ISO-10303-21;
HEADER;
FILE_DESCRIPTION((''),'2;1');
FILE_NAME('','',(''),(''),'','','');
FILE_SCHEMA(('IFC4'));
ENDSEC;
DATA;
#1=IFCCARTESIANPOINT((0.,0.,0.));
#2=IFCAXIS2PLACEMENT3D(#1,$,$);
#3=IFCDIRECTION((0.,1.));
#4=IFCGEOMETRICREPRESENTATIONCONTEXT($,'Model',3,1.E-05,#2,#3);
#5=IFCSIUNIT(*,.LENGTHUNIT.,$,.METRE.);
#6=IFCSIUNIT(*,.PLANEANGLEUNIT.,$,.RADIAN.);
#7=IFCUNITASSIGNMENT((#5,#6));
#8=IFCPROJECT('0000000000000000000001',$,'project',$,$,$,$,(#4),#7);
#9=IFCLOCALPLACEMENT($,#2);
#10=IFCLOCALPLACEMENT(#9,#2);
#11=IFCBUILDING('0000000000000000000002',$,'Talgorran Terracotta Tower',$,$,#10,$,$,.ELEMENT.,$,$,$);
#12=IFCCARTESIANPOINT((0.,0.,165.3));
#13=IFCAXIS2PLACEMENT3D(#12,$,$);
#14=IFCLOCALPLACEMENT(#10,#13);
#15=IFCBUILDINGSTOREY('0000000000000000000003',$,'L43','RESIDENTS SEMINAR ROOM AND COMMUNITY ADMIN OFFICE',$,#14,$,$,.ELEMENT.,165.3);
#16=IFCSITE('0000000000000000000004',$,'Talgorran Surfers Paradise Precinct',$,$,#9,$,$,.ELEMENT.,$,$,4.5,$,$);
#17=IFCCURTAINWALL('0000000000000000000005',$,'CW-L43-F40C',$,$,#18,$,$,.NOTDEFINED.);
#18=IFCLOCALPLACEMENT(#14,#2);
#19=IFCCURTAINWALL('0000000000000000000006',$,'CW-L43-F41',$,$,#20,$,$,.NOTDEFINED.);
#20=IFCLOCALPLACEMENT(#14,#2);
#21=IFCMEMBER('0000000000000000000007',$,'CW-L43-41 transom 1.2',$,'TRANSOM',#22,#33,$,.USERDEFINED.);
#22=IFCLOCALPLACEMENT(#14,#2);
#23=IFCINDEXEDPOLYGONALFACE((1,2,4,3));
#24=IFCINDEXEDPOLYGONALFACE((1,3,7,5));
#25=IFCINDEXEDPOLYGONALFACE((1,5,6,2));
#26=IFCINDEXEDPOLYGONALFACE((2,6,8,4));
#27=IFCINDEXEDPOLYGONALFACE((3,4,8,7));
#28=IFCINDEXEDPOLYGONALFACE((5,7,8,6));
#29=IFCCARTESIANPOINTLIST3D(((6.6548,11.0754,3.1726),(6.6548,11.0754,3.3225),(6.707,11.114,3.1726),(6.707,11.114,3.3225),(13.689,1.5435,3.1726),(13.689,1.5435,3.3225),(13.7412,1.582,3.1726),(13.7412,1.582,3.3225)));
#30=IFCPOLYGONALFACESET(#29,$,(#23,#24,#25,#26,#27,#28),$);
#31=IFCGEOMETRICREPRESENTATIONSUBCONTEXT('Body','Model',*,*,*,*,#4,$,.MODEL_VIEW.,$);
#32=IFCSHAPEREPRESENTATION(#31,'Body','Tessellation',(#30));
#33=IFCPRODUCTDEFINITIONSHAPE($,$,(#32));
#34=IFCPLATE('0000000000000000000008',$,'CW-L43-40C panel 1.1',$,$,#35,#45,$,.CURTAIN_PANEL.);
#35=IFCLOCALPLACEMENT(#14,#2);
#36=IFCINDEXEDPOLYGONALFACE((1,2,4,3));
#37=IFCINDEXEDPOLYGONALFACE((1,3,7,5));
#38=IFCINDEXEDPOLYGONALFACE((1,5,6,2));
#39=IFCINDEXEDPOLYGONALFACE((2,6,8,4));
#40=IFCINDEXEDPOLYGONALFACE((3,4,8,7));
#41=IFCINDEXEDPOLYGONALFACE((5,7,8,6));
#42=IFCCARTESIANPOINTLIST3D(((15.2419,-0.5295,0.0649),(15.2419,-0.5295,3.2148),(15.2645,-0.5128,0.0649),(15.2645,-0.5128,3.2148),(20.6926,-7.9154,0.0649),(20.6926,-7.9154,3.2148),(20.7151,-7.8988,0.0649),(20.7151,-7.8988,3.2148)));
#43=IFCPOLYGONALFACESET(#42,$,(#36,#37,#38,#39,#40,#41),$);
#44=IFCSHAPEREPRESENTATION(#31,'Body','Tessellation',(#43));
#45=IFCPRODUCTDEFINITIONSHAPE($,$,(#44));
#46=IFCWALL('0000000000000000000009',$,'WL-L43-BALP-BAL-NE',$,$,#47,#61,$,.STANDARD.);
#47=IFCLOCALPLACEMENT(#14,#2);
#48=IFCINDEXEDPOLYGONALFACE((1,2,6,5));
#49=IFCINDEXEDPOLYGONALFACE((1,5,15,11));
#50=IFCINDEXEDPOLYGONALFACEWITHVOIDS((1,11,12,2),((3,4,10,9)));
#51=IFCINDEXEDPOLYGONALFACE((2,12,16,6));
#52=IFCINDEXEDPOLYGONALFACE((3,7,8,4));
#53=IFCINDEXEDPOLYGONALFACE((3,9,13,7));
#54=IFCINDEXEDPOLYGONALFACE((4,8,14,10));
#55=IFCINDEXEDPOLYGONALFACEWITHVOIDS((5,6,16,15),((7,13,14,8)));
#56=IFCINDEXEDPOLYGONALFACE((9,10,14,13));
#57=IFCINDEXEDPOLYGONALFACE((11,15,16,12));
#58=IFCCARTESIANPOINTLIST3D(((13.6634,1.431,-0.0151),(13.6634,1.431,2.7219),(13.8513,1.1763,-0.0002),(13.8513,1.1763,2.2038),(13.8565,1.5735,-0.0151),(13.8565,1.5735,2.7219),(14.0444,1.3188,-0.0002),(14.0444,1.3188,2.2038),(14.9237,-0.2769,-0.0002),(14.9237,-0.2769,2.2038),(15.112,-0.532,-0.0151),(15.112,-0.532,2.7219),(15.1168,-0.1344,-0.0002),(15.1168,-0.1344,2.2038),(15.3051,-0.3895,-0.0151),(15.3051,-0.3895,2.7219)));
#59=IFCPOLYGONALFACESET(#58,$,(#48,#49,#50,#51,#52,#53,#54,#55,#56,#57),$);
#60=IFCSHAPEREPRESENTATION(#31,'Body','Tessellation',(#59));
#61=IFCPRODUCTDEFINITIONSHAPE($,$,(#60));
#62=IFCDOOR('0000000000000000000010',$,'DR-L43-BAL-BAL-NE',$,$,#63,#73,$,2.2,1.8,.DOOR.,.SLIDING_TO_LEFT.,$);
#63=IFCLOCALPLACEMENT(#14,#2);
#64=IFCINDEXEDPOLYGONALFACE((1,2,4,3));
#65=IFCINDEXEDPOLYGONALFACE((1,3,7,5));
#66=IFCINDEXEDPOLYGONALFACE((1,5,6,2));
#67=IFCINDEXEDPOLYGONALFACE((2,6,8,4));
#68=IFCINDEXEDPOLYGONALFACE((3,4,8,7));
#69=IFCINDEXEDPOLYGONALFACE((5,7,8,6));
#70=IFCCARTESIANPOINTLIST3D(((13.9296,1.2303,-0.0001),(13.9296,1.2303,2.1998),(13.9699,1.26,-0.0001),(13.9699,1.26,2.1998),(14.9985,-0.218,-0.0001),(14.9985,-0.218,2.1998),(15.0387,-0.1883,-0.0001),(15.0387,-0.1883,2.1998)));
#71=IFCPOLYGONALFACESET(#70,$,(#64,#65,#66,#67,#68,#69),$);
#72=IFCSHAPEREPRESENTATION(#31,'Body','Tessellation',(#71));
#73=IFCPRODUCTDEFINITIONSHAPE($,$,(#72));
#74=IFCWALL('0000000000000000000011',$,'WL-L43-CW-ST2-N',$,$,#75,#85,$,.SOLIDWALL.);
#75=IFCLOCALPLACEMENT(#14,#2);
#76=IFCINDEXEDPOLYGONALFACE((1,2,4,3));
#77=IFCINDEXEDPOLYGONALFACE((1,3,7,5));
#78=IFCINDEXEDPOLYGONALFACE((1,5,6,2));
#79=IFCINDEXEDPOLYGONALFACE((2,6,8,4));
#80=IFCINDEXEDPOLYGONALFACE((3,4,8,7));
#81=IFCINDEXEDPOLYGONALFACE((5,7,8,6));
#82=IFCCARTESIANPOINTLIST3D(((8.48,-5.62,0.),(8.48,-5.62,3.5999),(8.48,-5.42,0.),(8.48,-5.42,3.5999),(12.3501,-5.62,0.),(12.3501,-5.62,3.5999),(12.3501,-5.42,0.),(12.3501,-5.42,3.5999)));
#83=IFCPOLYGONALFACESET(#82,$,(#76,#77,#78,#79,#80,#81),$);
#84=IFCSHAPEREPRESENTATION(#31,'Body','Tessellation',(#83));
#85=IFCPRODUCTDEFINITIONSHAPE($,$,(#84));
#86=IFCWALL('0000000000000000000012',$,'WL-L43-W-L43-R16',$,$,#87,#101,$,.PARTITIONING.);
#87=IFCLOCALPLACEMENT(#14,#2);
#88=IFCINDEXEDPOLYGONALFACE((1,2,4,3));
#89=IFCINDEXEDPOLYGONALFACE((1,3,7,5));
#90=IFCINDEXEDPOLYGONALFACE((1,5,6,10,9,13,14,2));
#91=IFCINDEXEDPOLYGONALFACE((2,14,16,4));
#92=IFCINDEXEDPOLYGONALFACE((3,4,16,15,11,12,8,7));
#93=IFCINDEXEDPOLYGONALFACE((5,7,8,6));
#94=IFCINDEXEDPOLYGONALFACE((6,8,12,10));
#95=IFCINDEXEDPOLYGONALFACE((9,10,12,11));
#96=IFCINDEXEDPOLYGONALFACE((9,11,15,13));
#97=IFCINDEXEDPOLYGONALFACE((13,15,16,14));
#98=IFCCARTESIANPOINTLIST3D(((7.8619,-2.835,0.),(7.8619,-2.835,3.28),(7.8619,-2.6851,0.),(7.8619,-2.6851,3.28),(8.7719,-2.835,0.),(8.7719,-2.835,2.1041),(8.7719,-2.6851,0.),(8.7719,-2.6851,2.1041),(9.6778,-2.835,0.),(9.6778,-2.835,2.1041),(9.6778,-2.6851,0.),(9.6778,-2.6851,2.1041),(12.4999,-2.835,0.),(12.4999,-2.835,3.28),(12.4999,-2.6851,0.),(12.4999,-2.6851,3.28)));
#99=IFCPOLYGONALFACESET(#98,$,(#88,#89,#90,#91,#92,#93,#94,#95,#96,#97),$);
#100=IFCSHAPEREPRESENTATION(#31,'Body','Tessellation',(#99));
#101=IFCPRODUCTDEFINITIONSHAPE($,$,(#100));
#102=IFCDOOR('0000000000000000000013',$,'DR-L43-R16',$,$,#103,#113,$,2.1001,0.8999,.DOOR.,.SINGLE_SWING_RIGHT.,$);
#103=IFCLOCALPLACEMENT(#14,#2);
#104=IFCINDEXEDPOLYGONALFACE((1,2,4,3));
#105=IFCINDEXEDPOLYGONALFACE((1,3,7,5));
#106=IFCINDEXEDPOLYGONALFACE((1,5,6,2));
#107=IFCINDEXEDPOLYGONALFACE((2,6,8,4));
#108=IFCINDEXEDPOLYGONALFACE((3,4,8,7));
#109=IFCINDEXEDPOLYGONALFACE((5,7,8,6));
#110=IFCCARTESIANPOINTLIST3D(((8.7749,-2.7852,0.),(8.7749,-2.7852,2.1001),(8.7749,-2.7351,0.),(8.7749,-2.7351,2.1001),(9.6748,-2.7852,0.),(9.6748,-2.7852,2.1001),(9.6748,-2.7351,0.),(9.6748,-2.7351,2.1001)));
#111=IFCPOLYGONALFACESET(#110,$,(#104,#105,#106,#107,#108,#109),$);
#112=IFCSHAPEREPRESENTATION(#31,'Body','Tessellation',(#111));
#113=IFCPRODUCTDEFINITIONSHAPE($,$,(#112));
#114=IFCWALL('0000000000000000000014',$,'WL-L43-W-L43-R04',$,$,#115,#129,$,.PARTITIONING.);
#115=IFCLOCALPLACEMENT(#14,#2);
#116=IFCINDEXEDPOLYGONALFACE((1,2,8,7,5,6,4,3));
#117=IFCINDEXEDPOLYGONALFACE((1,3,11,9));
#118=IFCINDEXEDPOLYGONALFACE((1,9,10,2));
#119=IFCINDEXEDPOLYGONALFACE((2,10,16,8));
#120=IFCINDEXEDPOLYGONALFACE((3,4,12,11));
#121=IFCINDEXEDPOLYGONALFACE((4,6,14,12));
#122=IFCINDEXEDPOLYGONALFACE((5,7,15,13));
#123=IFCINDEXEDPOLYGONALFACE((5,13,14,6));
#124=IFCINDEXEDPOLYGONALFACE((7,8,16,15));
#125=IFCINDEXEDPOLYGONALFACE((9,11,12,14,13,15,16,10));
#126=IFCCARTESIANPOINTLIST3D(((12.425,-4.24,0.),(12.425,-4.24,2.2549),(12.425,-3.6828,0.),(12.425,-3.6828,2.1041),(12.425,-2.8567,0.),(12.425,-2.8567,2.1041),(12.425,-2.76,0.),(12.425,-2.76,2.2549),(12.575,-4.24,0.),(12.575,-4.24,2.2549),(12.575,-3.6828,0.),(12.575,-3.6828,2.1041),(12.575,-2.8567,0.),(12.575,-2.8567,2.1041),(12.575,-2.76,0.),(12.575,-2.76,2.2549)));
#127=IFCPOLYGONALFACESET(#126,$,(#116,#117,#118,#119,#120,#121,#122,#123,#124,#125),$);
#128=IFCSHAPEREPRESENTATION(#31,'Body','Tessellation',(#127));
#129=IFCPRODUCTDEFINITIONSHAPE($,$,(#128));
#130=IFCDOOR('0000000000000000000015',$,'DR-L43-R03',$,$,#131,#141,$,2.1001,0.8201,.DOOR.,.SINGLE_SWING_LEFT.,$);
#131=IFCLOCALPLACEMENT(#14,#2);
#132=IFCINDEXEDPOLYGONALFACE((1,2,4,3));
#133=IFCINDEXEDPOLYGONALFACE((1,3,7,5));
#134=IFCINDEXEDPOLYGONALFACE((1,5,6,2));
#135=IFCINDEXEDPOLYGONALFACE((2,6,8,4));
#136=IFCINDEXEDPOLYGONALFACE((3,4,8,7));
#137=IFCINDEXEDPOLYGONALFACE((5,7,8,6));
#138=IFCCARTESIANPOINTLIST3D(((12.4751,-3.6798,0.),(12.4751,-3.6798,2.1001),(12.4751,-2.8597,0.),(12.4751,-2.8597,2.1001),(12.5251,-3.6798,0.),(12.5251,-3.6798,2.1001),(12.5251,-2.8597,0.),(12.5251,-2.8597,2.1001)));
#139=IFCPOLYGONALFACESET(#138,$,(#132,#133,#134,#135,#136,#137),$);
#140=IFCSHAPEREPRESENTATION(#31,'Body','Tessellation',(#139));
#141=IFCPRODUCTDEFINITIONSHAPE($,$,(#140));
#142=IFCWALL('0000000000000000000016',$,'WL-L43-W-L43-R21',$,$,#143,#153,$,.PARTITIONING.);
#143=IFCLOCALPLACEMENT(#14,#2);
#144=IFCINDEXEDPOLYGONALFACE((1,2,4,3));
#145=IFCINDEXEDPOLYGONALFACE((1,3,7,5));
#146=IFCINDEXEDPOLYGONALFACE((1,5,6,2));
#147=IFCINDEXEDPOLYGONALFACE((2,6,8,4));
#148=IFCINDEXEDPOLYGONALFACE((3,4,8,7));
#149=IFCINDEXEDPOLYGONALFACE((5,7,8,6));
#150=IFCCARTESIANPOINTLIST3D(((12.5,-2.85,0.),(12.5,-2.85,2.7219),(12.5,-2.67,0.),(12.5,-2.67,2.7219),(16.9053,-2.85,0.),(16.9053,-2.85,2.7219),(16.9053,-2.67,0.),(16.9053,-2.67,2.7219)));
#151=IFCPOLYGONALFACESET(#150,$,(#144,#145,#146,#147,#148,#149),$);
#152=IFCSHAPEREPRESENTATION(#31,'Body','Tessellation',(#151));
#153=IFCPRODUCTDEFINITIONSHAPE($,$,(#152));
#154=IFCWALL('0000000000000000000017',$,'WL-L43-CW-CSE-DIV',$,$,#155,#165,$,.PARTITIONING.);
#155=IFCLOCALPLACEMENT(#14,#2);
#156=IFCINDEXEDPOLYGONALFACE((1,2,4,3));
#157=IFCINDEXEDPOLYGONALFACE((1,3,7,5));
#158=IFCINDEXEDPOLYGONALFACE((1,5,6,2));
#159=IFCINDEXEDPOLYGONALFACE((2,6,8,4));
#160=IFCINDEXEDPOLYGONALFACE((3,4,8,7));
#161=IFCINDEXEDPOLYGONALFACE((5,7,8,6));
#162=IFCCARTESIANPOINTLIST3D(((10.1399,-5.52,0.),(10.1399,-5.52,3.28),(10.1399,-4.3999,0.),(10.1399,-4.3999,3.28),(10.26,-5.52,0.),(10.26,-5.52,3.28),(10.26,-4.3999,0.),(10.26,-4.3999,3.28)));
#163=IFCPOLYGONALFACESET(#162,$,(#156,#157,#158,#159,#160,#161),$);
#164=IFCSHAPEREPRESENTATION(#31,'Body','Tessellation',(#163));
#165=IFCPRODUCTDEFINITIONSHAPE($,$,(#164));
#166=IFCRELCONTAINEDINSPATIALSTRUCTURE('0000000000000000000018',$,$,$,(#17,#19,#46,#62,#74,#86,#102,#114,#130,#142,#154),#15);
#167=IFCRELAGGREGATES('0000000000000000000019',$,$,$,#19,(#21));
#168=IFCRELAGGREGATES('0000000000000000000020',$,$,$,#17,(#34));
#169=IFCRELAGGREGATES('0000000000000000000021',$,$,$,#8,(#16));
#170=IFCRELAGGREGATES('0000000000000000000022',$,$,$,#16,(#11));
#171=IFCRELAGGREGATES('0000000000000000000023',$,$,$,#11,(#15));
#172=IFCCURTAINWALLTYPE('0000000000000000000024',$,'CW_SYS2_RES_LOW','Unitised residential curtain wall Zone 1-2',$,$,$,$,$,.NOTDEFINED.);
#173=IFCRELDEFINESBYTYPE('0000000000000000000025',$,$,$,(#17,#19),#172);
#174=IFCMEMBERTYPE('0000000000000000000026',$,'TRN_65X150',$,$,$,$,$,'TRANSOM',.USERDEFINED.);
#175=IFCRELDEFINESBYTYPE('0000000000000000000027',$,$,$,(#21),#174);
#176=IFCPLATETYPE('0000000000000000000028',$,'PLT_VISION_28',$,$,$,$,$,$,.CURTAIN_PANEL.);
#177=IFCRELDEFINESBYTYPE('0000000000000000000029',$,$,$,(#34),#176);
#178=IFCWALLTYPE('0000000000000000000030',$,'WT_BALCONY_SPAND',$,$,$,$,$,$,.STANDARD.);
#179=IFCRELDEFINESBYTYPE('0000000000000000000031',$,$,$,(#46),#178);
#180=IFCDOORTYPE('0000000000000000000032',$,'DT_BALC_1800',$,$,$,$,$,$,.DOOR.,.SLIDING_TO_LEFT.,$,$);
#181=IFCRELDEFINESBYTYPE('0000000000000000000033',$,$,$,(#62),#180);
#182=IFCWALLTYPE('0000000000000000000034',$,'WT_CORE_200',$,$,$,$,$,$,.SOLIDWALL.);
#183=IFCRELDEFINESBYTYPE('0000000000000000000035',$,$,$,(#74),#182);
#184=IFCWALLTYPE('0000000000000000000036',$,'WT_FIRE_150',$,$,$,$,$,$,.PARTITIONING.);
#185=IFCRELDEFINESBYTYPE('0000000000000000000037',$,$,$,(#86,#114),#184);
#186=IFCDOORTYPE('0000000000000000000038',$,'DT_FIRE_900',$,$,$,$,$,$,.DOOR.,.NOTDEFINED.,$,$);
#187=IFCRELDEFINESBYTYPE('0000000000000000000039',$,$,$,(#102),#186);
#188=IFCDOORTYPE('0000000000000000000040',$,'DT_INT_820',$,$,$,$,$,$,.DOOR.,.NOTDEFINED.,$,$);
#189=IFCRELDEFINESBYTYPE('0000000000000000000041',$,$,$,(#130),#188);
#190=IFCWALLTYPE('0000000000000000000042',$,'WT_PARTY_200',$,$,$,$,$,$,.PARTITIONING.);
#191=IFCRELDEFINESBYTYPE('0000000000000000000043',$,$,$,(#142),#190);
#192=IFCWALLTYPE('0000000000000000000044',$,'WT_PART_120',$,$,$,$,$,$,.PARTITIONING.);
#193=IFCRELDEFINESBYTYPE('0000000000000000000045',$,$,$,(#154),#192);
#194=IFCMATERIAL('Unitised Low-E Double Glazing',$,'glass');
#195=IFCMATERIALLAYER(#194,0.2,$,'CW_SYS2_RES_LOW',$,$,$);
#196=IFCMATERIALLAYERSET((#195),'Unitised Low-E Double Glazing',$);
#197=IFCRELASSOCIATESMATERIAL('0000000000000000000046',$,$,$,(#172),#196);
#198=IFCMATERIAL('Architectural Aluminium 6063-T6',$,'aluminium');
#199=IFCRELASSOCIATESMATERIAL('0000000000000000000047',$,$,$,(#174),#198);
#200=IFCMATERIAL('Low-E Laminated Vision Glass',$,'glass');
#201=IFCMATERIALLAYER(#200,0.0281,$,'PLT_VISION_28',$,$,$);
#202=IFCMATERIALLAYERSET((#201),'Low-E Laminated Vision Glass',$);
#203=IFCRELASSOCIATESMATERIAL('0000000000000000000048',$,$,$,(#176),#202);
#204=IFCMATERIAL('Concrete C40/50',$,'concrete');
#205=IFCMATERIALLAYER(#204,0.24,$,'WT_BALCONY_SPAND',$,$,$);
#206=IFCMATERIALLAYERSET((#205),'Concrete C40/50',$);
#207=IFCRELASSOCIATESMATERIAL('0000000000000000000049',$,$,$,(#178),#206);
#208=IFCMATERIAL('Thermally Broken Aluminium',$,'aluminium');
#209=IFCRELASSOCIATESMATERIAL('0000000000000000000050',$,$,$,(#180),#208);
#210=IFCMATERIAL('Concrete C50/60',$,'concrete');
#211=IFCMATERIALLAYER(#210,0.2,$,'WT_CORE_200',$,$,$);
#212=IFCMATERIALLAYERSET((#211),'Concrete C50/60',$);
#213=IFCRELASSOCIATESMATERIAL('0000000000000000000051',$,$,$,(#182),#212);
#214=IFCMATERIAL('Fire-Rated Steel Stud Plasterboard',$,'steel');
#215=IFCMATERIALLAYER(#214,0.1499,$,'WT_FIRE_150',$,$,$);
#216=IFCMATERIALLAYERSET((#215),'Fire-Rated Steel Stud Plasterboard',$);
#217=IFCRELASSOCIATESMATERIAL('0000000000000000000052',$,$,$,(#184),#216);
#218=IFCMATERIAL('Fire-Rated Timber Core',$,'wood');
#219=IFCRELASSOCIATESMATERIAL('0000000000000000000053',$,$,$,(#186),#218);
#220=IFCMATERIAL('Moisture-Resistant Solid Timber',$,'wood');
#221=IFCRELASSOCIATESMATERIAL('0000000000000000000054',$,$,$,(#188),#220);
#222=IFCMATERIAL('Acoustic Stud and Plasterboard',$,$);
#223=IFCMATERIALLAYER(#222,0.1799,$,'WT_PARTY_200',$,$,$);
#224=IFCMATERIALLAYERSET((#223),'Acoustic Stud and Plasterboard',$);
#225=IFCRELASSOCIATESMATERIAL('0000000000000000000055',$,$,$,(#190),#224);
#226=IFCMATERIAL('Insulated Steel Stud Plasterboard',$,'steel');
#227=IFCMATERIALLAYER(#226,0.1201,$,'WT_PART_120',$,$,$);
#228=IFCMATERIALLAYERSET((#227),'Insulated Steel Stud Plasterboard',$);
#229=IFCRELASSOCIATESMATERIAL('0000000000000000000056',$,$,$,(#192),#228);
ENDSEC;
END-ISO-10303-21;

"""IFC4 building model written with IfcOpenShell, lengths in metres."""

from ifc_helpers import new_model, si_unit, direction, frame, frame_2d, origin, origin_2d, place, context, subcontext, project, spatial, rectangle, extrude, source, transform, mapped, material, layer, layer_set, material_profile, profile_set, type_object, type_shapes, element, fill, aggregate, save


model = new_model("IFC4")

# Units and contexts
model_context = context("Model", 3, precision=1e-05, world=origin(), true_north=direction((0.0, 1.0)))
body_context = subcontext(model_context, "Body", "Model", "MODEL_VIEW")
ifc_project = project(units=[si_unit("LENGTHUNIT", "METRE"), si_unit("PLANEANGLEUNIT", "RADIAN")], contexts=[model_context])

# Site, building, storey
site_placement = place(None, origin())
site = spatial("IfcSite", under=ifc_project, at=site_placement, Name="Talgorran Surfers Paradise Precinct", CompositionType="ELEMENT", RefElevation=4.5)
building_placement = place(site_placement, origin())
building = spatial("IfcBuilding", under=site, at=building_placement, Name="Talgorran Terracotta Tower", CompositionType="ELEMENT")
storey_placement = place(building_placement, frame((0.0, 0.0, 165.3)))
storey = spatial("IfcBuildingStorey", under=building, at=storey_placement, Name="L43", Description="RESIDENTS SEMINAR ROOM AND COMMUNITY ADMIN OFFICE", CompositionType="ELEMENT", Elevation=165.3)

# Curtain wall
ifc_material_1 = material(Name="Unitised Low-E Double Glazing", Category="glass")
ifc_layer_1 = layer(ifc_material_1, 0.2, Name="CW_SYS2_RES_LOW")
ifc_layer_set_1 = layer_set([ifc_layer_1], Name="Unitised Low-E Double Glazing")
curtain_wall_type = type_object("IfcCurtainWallType", Name="CW_SYS2_RES_LOW", Description="Unitised residential curtain wall Zone 1-2", PredefinedType="NOTDEFINED", material=ifc_layer_set_1)
curtain_wall_1_placement = place(storey_placement, origin())
curtain_wall_1 = element("IfcCurtainWall", 1, at=curtain_wall_1_placement, inside=storey, type_object=curtain_wall_type, Name="CW-L43-F40C", PredefinedType="NOTDEFINED")
ifc_material_2 = material(Name="Architectural Aluminium 6063-T6", Category="aluminium")

# Curtain wall, member
curtain_wall_2_placement = place(storey_placement, origin())
curtain_wall_2 = element("IfcCurtainWall", 2, at=curtain_wall_2_placement, inside=storey, type_object=curtain_wall_type, Name="CW-L43-F41", PredefinedType="NOTDEFINED")
ifc_material_profile_1 = material_profile(ifc_material_2, rectangle(XDim=0.0649, YDim=0.1499, at=origin_2d()), Name="CWT65X150")
ifc_profile_set_1 = profile_set([ifc_material_profile_1], Name="Architectural Aluminium 6063-T6")
member_type_1 = type_object("IfcMemberType", Name="TRN_65X150", ElementType="TRANSOM", PredefinedType="USERDEFINED", material=ifc_profile_set_1)
member_1_placement = place(storey_placement, frame((13.7151, 1.5627, 3.2476), z_axis=(-0.59378, 0.804628, 0.0), x_axis=(-0.804628, -0.59378, 0.0)))
member_1 = element("IfcMember", 3, at=member_1_placement, type_object=member_type_1, Name="CW-L43-41 transom 1.2", ObjectType="TRANSOM", PredefinedType="USERDEFINED", context=body_context, shape_type="SweptSolid", body=[
    extrude(rectangle(XDim=0.0649, YDim=0.1499, at=origin_2d()), origin(), (0.0, 0.0, 1.0), 11.8464),
])
aggregate(curtain_wall_2, [member_1])

# Plate
ifc_material_3 = material(Name="Low-E Laminated Vision Glass", Category="glass")
ifc_layer_2 = layer(ifc_material_3, 0.0281, Name="PLT_VISION_28")
ifc_layer_set_2 = layer_set([ifc_layer_2], Name="Low-E Laminated Vision Glass")
plate_type = type_object("IfcPlateType", Name="PLT_VISION_28", PredefinedType="CURTAIN_PANEL", material=ifc_layer_set_2)
shared_shape = source(origin(), body_context, "Body", "SweptSolid", [
    extrude(rectangle(XDim=9.1794, YDim=0.0281, at=origin_2d()), origin(), (0.0, 0.0, 1.0), 3.1499),
])
type_shapes(plate_type, [shared_shape])
plate_placement = place(storey_placement, frame((17.9785, -4.2141, 0.0649), z_axis=(0.0, 0.0, 1.0), x_axis=(-0.593791, 0.804619, 0.0)))
plate = element("IfcPlate", 4, at=plate_placement, type_object=plate_type, Name="CW-L43-40C panel 1.1", PredefinedType="CURTAIN_PANEL", context=body_context, shape_type="MappedRepresentation", body=[
    mapped(shared_shape, transform((0.0, 0.0, 0.0), scale=1.0)),
])
aggregate(curtain_wall_1, [plate])

# Wall, opening, door
ifc_material_4 = material(Name="Concrete C40/50", Category="concrete")
ifc_layer_3 = layer(ifc_material_4, 0.24, Name="WT_BALCONY_SPAND")
ifc_layer_set_3 = layer_set([ifc_layer_3], Name="Concrete C40/50")
wall_type_1 = type_object("IfcWallType", Name="WT_BALCONY_SPAND", PredefinedType="STANDARD", material=ifc_layer_set_3)
wall_1_placement = place(storey_placement, frame((15.2085, -0.4607, -0.0151), z_axis=(0.0, 0.0, 1.0), x_axis=(-0.593786, 0.804623, 0.0)))
wall_1 = element("IfcWall", 5, at=wall_1_placement, inside=storey, type_object=wall_type_1, Name="WL-L43-BALP-BAL-NE", PredefinedType="STANDARD", context=body_context, shape_type="SweptSolid", body=[
    extrude(rectangle(XDim=2.4397, YDim=0.24, at=frame_2d((1.2197, 0.0))), origin(), (0.0, 0.0, 1.0), 2.7371),
])
opening_1_placement = place(wall_1_placement, frame((0.3201, 0.0, 0.0149)))
opening_1 = element("IfcOpeningElement", 6, at=opening_1_placement, cuts=wall_1, PredefinedType="OPENING", context=body_context, shape_type="SweptSolid", body=[
    extrude(rectangle(XDim=1.806, YDim=2.204, at=frame_2d((0.8999, 1.1021))), frame((0.0, 0.1299, 0.0), z_axis=(0.0, -1.0, 0.0), x_axis=(1.0, 0.0, 0.0)), (0.0, 0.0, 1.0), 0.26),
])
ifc_material_5 = material(Name="Thermally Broken Aluminium", Category="aluminium")
door_type_1 = type_object("IfcDoorType", Name="DT_BALC_1800", OperationType="SLIDING_TO_LEFT", PredefinedType="DOOR", material=ifc_material_5)
door_1_placement = place(opening_1_placement, origin())
door_1 = element("IfcDoor", 7, at=door_1_placement, inside=storey, type_object=door_type_1, Name="DR-L43-BAL-BAL-NE", OperationType="SLIDING_TO_LEFT", OverallHeight=2.2, OverallWidth=1.8, PredefinedType="DOOR", context=body_context, shape_type="SweptSolid", body=[
    extrude(rectangle(XDim=1.8, YDim=2.2, at=frame_2d((0.8999, 1.1001))), frame((0.0, 0.0249, 0.0), z_axis=(0.0, -1.0, 0.0), x_axis=(1.0, 0.0, 0.0)), (0.0, 0.0, 1.0), 0.05),
])
fill(opening_1, door_1)

# Wall
ifc_material_6 = material(Name="Concrete C50/60", Category="concrete")
ifc_layer_4 = layer(ifc_material_6, 0.2, Name="WT_CORE_200")
ifc_layer_set_4 = layer_set([ifc_layer_4], Name="Concrete C50/60")
wall_type_2 = type_object("IfcWallType", Name="WT_CORE_200", PredefinedType="SOLIDWALL", material=ifc_layer_set_4)
wall_2_placement = place(storey_placement, frame((8.48, -5.52, 0.0), z_axis=(0.0, 0.0, 1.0), x_axis=(1.0, 0.0, 0.0)))
element("IfcWall", 8, at=wall_2_placement, inside=storey, type_object=wall_type_2, Name="WL-L43-CW-ST2-N", PredefinedType="SOLIDWALL", context=body_context, shape_type="SweptSolid", body=[
    extrude(rectangle(XDim=3.8701, YDim=0.2, at=frame_2d((1.9351, 0.0))), origin(), (0.0, 0.0, 1.0), 3.5999),
])

# Walls, openings, doors
ifc_material_7 = material(Name="Fire-Rated Steel Stud Plasterboard", Category="steel")
ifc_layer_5 = layer(ifc_material_7, 0.1499, Name="WT_FIRE_150")
ifc_layer_set_5 = layer_set([ifc_layer_5], Name="Fire-Rated Steel Stud Plasterboard")
wall_type_3 = type_object("IfcWallType", Name="WT_FIRE_150", PredefinedType="PARTITIONING", material=ifc_layer_set_5)
wall_3_placement = place(storey_placement, frame((7.8621, -2.76, 0.0), z_axis=(0.0, 0.0, 1.0), x_axis=(1.0, 0.0, 0.0)))
wall_3 = element("IfcWall", 9, at=wall_3_placement, inside=storey, type_object=wall_type_3, Name="WL-L43-W-L43-R16", PredefinedType="PARTITIONING", context=body_context, shape_type="SweptSolid", body=[
    extrude(rectangle(XDim=4.6379, YDim=0.1499, at=frame_2d((2.3188, 0.0))), origin(), (0.0, 0.0, 1.0), 3.28),
])
opening_2_placement = place(wall_3_placement, frame((0.9128, 0.0, 0.0)))
opening_2 = element("IfcOpeningElement", 10, at=opening_2_placement, cuts=wall_3, PredefinedType="OPENING", context=body_context, shape_type="SweptSolid", body=[
    extrude(rectangle(XDim=0.9059, YDim=2.1041, at=frame_2d((0.45, 1.052))), frame((0.0, 0.085, 0.0), z_axis=(0.0, -1.0, 0.0), x_axis=(1.0, 0.0, 0.0)), (0.0, 0.0, 1.0), 0.1699),
])
ifc_material_8 = material(Name="Fire-Rated Timber Core", Category="wood")
door_type_2 = type_object("IfcDoorType", Name="DT_FIRE_900", OperationType="NOTDEFINED", PredefinedType="DOOR", material=ifc_material_8)
door_2_placement = place(opening_2_placement, origin())
door_2 = element("IfcDoor", 11, at=door_2_placement, inside=storey, type_object=door_type_2, Name="DR-L43-R16", OperationType="SINGLE_SWING_RIGHT", OverallHeight=2.1001, OverallWidth=0.8999, PredefinedType="DOOR", context=body_context, shape_type="SweptSolid", body=[
    extrude(rectangle(XDim=0.8999, YDim=2.1001, at=frame_2d((0.45, 1.05))), frame((0.0, 0.0249, 0.0), z_axis=(0.0, -1.0, 0.0), x_axis=(1.0, 0.0, 0.0)), (0.0, 0.0, 1.0), 0.05),
])
fill(opening_2, door_2)
wall_4_placement = place(storey_placement, frame((12.5, -4.24, 0.0), z_axis=(0.0, 0.0, 1.0), x_axis=(0.0, 1.0, 0.0)))
wall_4 = element("IfcWall", 12, at=wall_4_placement, inside=storey, type_object=wall_type_3, Name="WL-L43-W-L43-R04", PredefinedType="PARTITIONING", context=body_context, shape_type="SweptSolid", body=[
    extrude(rectangle(XDim=1.48, YDim=0.1499, at=frame_2d((0.74, 0.0))), origin(), (0.0, 0.0, 1.0), 2.2549),
])
opening_3_placement = place(wall_4_placement, frame((0.5601, 0.0, 0.0)))
opening_3 = element("IfcOpeningElement", 13, at=opening_3_placement, cuts=wall_4, PredefinedType="OPENING", context=body_context, shape_type="SweptSolid", body=[
    extrude(rectangle(XDim=0.8261, YDim=2.1041, at=frame_2d((0.4102, 1.052))), frame((0.0, 0.085, 0.0), z_axis=(0.0, -1.0, 0.0), x_axis=(1.0, 0.0, 0.0)), (0.0, 0.0, 1.0), 0.1699),
])
ifc_material_9 = material(Name="Moisture-Resistant Solid Timber", Category="wood")
door_type_3 = type_object("IfcDoorType", Name="DT_INT_820", OperationType="NOTDEFINED", PredefinedType="DOOR", material=ifc_material_9)
door_3_placement = place(opening_3_placement, origin())
door_3 = element("IfcDoor", 14, at=door_3_placement, inside=storey, type_object=door_type_3, Name="DR-L43-R03", OperationType="SINGLE_SWING_LEFT", OverallHeight=2.1001, OverallWidth=0.8201, PredefinedType="DOOR", context=body_context, shape_type="SweptSolid", body=[
    extrude(rectangle(XDim=0.8201, YDim=2.1001, at=frame_2d((0.4102, 1.05))), frame((0.0, 0.0249, 0.0), z_axis=(0.0, -1.0, 0.0), x_axis=(1.0, 0.0, 0.0)), (0.0, 0.0, 1.0), 0.05),
])
fill(opening_3, door_3)

# Walls
ifc_material_10 = material(Name="Acoustic Stud and Plasterboard")
ifc_layer_6 = layer(ifc_material_10, 0.1799, Name="WT_PARTY_200")
ifc_layer_set_6 = layer_set([ifc_layer_6], Name="Acoustic Stud and Plasterboard")
wall_type_4 = type_object("IfcWallType", Name="WT_PARTY_200", PredefinedType="PARTITIONING", material=ifc_layer_set_6)
wall_5_placement = place(storey_placement, frame((12.5, -2.76, 0.0), z_axis=(0.0, 0.0, 1.0), x_axis=(1.0, 0.0, 0.0)))
element("IfcWall", 15, at=wall_5_placement, inside=storey, type_object=wall_type_4, Name="WL-L43-W-L43-R21", PredefinedType="PARTITIONING", context=body_context, shape_type="SweptSolid", body=[
    extrude(rectangle(XDim=4.4053, YDim=0.1799, at=frame_2d((2.2026, 0.0))), origin(), (0.0, 0.0, 1.0), 2.7219),
])
ifc_material_11 = material(Name="Insulated Steel Stud Plasterboard", Category="steel")
ifc_layer_7 = layer(ifc_material_11, 0.1201, Name="WT_PART_120")
ifc_layer_set_7 = layer_set([ifc_layer_7], Name="Insulated Steel Stud Plasterboard")
wall_type_5 = type_object("IfcWallType", Name="WT_PART_120", PredefinedType="PARTITIONING", material=ifc_layer_set_7)
wall_6_placement = place(storey_placement, frame((10.2, -5.52, 0.0), z_axis=(0.0, 0.0, 1.0), x_axis=(0.0, 1.0, 0.0)))
element("IfcWall", 16, at=wall_6_placement, inside=storey, type_object=wall_type_5, Name="WL-L43-CW-CSE-DIV", PredefinedType="PARTITIONING", context=body_context, shape_type="SweptSolid", body=[
    extrude(rectangle(XDim=1.1201, YDim=0.1201, at=frame_2d((0.5601, 0.0))), origin(), (0.0, 0.0, 1.0), 3.28),
])

save(model, "model.ifc")
